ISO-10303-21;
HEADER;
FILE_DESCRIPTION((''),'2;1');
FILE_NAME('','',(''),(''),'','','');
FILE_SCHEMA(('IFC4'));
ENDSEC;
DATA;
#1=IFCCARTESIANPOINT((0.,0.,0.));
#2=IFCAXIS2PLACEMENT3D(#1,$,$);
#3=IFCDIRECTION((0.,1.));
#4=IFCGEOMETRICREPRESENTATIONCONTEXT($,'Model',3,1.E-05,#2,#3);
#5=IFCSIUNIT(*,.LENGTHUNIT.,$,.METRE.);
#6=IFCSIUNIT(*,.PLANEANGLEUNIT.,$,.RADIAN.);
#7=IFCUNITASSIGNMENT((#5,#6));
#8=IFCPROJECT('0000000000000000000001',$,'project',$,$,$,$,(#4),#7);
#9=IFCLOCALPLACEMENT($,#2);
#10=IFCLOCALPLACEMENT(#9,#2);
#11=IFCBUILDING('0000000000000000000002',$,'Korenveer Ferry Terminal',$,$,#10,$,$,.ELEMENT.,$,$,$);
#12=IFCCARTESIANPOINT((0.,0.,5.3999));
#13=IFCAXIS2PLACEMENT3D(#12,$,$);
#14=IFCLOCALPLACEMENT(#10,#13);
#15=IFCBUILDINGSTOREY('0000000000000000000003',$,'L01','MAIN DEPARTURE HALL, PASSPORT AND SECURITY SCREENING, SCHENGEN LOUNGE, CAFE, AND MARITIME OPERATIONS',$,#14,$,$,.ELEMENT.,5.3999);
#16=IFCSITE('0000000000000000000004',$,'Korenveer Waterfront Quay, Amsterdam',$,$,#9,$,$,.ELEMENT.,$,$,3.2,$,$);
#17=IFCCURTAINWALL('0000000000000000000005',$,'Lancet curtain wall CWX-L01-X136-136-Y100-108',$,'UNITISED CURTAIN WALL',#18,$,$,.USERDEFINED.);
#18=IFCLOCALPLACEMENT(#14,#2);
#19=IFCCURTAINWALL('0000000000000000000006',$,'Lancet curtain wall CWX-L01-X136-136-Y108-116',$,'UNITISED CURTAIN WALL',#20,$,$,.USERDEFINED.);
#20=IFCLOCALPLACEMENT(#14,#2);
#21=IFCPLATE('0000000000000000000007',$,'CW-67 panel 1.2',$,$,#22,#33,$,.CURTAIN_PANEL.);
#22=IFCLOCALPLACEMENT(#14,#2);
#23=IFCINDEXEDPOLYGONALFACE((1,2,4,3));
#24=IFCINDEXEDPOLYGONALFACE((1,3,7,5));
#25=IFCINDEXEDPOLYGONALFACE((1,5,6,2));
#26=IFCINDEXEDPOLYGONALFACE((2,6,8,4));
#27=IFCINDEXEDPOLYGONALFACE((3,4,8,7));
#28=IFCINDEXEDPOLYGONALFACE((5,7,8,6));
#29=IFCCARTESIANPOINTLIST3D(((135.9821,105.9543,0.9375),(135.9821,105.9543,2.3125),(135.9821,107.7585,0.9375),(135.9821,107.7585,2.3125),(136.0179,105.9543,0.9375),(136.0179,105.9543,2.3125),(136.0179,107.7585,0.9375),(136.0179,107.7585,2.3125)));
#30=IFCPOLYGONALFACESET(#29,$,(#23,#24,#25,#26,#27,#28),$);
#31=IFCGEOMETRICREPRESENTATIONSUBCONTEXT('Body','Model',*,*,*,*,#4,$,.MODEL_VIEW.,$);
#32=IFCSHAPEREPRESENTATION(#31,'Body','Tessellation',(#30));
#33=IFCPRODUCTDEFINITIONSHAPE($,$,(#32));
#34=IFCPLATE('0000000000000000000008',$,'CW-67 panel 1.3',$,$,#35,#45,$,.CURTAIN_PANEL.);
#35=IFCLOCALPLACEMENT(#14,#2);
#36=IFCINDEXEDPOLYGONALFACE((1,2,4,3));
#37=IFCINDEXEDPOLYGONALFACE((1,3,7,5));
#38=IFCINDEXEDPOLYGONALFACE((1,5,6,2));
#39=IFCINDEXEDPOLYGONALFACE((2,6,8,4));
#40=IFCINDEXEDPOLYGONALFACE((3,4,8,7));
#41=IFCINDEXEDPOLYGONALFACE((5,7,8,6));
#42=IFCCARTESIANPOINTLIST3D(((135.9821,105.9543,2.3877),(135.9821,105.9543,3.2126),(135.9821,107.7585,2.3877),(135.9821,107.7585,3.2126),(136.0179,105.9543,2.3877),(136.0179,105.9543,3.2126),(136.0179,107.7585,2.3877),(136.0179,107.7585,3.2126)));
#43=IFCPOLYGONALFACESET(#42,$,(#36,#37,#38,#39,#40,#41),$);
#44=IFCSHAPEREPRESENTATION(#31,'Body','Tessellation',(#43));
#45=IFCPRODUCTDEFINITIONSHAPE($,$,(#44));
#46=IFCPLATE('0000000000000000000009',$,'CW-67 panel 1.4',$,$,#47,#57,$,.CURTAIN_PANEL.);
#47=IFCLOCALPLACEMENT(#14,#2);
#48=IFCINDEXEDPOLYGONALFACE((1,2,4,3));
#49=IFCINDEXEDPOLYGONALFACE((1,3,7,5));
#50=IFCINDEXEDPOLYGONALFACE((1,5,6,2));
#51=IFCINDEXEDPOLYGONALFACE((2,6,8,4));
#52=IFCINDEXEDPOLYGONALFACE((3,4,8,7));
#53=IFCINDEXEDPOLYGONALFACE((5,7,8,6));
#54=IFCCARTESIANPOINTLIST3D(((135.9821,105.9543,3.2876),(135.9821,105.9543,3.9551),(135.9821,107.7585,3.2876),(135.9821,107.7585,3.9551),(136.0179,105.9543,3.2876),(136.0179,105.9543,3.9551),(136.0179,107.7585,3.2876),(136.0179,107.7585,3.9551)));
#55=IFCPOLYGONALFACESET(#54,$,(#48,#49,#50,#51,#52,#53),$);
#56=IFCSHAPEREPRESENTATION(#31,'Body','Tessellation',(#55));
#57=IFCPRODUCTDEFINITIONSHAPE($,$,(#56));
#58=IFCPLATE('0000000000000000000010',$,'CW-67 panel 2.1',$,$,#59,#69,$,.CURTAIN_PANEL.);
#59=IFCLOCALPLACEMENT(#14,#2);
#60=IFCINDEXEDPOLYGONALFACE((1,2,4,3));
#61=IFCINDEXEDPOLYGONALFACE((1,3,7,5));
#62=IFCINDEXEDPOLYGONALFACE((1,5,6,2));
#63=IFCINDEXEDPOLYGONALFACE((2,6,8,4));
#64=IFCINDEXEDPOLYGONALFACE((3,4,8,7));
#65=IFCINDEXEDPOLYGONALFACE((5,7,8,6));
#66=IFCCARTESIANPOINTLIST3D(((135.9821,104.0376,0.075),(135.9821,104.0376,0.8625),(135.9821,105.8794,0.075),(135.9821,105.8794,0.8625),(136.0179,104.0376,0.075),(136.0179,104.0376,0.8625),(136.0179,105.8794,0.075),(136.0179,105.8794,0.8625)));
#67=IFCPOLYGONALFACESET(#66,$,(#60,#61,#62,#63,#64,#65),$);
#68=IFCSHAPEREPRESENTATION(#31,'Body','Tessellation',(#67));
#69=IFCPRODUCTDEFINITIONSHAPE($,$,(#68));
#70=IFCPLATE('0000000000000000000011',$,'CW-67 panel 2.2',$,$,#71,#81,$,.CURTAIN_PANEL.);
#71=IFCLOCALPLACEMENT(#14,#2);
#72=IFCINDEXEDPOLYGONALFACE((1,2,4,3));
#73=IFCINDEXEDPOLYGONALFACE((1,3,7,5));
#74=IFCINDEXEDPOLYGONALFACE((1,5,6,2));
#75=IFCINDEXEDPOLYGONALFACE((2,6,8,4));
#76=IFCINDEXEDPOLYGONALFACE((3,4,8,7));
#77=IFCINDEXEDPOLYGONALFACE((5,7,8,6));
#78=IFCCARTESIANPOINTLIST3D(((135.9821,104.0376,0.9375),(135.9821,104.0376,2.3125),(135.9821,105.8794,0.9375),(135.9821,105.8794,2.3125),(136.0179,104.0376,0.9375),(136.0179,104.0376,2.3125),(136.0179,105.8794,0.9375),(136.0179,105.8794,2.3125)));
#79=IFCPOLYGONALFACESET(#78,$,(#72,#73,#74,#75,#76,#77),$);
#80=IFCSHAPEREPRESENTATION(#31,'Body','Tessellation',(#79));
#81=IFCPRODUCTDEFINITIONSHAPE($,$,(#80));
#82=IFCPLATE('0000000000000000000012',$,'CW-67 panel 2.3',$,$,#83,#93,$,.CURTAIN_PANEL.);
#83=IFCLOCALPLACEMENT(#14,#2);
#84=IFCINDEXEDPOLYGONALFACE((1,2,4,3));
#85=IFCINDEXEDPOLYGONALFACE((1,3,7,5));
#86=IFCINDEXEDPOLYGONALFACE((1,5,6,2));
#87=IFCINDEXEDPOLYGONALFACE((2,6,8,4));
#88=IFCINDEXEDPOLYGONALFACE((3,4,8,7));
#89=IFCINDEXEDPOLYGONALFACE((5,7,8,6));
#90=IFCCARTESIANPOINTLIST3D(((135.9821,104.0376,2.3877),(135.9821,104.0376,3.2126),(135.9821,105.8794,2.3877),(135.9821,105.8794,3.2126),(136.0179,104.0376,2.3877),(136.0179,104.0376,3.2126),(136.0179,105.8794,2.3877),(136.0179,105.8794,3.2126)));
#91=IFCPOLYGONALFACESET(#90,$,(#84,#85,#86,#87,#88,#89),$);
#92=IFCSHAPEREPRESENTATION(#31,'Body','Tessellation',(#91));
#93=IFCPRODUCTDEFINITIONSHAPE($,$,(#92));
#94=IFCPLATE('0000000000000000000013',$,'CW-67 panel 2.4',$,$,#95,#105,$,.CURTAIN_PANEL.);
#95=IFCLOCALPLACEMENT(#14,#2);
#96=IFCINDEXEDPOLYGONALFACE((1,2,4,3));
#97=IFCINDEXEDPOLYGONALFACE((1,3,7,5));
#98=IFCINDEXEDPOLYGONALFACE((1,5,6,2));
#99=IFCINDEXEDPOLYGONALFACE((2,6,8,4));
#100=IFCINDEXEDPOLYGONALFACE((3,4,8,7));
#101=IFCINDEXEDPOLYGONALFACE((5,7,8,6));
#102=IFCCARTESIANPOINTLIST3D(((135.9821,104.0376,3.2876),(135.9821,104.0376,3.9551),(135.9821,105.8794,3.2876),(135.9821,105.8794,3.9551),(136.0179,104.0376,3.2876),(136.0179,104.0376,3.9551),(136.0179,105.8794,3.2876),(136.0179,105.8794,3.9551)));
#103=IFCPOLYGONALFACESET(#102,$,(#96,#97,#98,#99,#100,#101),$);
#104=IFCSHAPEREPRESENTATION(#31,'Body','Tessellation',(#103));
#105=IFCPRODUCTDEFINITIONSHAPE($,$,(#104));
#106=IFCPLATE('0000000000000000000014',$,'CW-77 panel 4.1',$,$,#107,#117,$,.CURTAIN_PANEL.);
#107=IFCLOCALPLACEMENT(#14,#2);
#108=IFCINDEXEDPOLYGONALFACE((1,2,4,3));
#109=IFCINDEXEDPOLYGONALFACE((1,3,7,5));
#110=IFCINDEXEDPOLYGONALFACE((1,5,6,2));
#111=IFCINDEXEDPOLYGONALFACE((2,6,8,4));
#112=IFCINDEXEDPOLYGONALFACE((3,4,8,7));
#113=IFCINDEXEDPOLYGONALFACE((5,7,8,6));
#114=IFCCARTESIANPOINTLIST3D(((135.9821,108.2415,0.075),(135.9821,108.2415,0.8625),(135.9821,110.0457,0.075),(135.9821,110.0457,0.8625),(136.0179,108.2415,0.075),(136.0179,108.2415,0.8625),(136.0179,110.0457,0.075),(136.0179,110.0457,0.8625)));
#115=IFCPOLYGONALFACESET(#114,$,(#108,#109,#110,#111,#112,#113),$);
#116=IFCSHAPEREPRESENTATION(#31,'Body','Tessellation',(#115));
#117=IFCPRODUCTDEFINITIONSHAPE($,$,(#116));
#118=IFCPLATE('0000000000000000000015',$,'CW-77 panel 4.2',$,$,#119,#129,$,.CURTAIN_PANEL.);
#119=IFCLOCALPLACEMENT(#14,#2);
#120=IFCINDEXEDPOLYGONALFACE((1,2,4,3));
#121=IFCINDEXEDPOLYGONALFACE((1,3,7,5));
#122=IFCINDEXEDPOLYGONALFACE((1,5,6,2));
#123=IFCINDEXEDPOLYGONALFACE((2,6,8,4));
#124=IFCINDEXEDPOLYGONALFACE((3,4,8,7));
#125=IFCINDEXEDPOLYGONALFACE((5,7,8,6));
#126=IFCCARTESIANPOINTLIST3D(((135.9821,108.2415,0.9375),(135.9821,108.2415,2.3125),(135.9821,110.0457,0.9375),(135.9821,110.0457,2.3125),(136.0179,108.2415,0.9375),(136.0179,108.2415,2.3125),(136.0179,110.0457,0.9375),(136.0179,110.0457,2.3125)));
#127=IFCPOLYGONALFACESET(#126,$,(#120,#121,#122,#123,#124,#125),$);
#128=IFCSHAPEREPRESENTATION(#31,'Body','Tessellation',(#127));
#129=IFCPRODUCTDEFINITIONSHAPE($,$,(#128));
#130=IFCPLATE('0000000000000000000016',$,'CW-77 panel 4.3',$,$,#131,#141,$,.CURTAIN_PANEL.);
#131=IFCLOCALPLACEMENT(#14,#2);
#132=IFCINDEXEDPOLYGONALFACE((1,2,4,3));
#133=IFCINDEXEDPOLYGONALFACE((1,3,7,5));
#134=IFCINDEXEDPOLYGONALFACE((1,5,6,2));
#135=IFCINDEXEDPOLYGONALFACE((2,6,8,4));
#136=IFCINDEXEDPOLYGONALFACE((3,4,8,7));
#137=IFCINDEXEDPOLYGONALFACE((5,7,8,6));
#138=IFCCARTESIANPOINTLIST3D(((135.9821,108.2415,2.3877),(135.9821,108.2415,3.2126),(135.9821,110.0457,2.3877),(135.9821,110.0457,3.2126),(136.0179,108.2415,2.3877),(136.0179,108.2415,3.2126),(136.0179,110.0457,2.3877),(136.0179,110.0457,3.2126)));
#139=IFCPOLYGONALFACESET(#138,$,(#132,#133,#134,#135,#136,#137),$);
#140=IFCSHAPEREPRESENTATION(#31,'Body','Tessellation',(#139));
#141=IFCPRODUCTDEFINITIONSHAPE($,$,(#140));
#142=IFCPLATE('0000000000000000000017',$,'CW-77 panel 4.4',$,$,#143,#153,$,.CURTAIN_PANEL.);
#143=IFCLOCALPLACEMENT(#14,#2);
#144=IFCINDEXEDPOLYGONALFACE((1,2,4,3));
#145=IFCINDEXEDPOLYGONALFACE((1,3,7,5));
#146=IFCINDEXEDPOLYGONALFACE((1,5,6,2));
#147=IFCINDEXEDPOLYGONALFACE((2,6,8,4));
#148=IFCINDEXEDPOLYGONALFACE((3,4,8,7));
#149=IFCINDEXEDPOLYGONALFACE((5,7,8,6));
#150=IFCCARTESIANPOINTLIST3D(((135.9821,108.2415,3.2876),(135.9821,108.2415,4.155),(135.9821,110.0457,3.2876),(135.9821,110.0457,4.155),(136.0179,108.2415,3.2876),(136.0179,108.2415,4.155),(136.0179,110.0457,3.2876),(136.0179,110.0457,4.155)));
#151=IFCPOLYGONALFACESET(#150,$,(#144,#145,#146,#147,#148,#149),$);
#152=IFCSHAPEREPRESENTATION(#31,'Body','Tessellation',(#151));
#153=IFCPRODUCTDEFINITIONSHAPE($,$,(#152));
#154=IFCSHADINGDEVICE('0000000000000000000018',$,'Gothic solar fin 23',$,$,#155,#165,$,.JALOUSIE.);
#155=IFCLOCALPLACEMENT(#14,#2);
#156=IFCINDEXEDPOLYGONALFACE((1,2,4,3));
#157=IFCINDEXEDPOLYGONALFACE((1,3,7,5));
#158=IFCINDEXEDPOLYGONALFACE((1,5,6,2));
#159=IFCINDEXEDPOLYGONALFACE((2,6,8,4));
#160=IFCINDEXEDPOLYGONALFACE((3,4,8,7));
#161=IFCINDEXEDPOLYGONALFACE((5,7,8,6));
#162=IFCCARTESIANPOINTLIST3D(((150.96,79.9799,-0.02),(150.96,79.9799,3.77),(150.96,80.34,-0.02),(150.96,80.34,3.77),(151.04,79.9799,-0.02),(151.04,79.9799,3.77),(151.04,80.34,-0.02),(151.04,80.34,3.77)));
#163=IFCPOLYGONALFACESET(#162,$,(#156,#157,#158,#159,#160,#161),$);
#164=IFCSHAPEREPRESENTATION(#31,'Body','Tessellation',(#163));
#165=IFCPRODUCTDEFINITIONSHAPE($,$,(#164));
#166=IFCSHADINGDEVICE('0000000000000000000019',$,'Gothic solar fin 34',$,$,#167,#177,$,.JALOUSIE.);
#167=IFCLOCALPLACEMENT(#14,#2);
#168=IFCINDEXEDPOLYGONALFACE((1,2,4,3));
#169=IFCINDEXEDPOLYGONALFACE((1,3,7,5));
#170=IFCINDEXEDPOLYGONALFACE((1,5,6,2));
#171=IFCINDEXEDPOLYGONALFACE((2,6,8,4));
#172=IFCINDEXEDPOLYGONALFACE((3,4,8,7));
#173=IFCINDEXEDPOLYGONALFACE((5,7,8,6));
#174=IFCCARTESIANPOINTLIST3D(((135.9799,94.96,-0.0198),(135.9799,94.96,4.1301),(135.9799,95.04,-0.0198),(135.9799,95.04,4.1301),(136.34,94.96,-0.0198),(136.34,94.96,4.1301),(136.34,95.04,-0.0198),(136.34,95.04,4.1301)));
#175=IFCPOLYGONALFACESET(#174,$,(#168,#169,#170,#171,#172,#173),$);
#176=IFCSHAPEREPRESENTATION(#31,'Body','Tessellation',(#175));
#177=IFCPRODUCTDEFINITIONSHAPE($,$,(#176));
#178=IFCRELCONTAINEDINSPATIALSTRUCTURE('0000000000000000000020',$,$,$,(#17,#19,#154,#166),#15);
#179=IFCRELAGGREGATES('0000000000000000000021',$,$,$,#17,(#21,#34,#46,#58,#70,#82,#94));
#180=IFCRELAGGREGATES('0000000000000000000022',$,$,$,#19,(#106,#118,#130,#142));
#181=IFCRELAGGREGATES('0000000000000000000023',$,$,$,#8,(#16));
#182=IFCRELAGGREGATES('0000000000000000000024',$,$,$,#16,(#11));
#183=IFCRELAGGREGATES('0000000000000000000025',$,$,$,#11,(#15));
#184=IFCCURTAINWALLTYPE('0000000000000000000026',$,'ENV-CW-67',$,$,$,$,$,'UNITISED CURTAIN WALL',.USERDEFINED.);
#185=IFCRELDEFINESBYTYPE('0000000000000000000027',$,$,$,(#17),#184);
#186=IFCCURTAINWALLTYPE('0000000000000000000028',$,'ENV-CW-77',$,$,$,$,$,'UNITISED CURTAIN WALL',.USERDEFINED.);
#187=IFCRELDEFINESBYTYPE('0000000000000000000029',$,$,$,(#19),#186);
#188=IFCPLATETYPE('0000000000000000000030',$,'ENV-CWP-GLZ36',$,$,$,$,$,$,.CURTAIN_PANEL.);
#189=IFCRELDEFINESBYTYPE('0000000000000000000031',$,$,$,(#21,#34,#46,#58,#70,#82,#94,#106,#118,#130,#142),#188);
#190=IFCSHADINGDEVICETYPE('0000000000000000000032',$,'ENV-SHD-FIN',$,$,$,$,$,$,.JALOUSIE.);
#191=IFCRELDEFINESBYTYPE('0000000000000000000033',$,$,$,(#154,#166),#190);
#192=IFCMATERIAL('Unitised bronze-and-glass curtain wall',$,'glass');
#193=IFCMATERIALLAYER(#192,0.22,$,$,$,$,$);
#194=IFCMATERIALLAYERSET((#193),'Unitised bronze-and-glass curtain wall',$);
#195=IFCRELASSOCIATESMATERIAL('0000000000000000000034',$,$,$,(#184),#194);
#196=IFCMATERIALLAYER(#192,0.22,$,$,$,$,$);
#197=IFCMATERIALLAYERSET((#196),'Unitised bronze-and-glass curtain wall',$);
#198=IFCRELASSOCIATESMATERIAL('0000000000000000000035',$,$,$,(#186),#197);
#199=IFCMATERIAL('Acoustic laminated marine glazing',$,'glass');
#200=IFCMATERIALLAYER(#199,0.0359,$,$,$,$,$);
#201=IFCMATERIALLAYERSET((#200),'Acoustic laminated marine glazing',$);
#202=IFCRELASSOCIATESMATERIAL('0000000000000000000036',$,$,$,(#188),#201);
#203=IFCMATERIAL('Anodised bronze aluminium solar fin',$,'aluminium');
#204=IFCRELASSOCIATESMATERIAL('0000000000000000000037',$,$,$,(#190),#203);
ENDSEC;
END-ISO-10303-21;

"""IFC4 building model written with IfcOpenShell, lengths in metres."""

from ifc_helpers import new_model, si_unit, direction, frame, origin, origin_2d, place, context, subcontext, project, spatial, rectangle, extrude, material, layer, layer_set, type_object, element, aggregate, save


model = new_model("IFC4")

# Units and contexts
model_context = context("Model", 3, precision=1e-05, world=origin(), true_north=direction((0.0, 1.0)))
body_context = subcontext(model_context, "Body", "Model", "MODEL_VIEW")
ifc_project = project(units=[si_unit("LENGTHUNIT", "METRE"), si_unit("PLANEANGLEUNIT", "RADIAN")], contexts=[model_context])

# Site, building, storey
site_placement = place(None, origin())
site = spatial("IfcSite", under=ifc_project, at=site_placement, Name="Korenveer Waterfront Quay, Amsterdam", CompositionType="ELEMENT", RefElevation=3.2)
building_placement = place(site_placement, origin())
building = spatial("IfcBuilding", under=site, at=building_placement, Name="Korenveer Ferry Terminal", CompositionType="ELEMENT")
storey_placement = place(building_placement, frame((0.0, 0.0, 5.3999)))
storey = spatial("IfcBuildingStorey", under=building, at=storey_placement, Name="L01", Description="MAIN DEPARTURE HALL, PASSPORT AND SECURITY SCREENING, SCHENGEN LOUNGE, CAFE, AND MARITIME OPERATIONS", CompositionType="ELEMENT", Elevation=5.3999)

# Curtain wall
ifc_material_1 = material(Name="Unitised bronze-and-glass curtain wall", Category="glass")
ifc_layer_1 = layer(ifc_material_1, 0.22)
ifc_layer_set_1 = layer_set([ifc_layer_1], Name="Unitised bronze-and-glass curtain wall")
curtain_wall_type_1 = type_object("IfcCurtainWallType", Name="ENV-CW-67", ElementType="UNITISED CURTAIN WALL", PredefinedType="USERDEFINED", material=ifc_layer_set_1)
curtain_wall_1_placement = place(storey_placement, frame((136.0, 107.8335, 0.0)))
curtain_wall_1 = element("IfcCurtainWall", 1, at=curtain_wall_1_placement, inside=storey, type_object=curtain_wall_type_1, Name="Lancet curtain wall CWX-L01-X136-136-Y100-108", ObjectType="UNITISED CURTAIN WALL", PredefinedType="USERDEFINED")

# Curtain wall
ifc_layer_2 = layer(ifc_material_1, 0.22)
ifc_layer_set_2 = layer_set([ifc_layer_2], Name="Unitised bronze-and-glass curtain wall")
curtain_wall_type_2 = type_object("IfcCurtainWallType", Name="ENV-CW-77", ElementType="UNITISED CURTAIN WALL", PredefinedType="USERDEFINED", material=ifc_layer_set_2)
curtain_wall_2_placement = place(storey_placement, frame((136.0, 115.8335, 0.0)))
curtain_wall_2 = element("IfcCurtainWall", 2, at=curtain_wall_2_placement, inside=storey, type_object=curtain_wall_type_2, Name="Lancet curtain wall CWX-L01-X136-136-Y108-116", ObjectType="UNITISED CURTAIN WALL", PredefinedType="USERDEFINED")

# Plates
ifc_material_2 = material(Name="Acoustic laminated marine glazing", Category="glass")
ifc_layer_3 = layer(ifc_material_2, 0.0359)
ifc_layer_set_3 = layer_set([ifc_layer_3], Name="Acoustic laminated marine glazing")
plate_type = type_object("IfcPlateType", Name="ENV-CWP-GLZ36", PredefinedType="CURTAIN_PANEL", material=ifc_layer_set_3)
plate_1_placement = place(storey_placement, frame((136.0, 106.8564, 0.9375), z_axis=(0.0, 0.0, 1.0), x_axis=(0.0, -1.0, 0.0)))
plate_1 = element("IfcPlate", 3, at=plate_1_placement, type_object=plate_type, Name="CW-67 panel 1.2", PredefinedType="CURTAIN_PANEL", context=body_context, shape_type="SweptSolid", body=[
    extrude(rectangle(XDim=1.8042, YDim=0.0359, at=origin_2d()), origin(), (0.0, 0.0, 1.0), 1.375),
])
plate_2_placement = place(storey_placement, frame((136.0, 106.8564, 2.3877), z_axis=(0.0, 0.0, 1.0), x_axis=(0.0, -1.0, 0.0)))
plate_2 = element("IfcPlate", 4, at=plate_2_placement, type_object=plate_type, Name="CW-67 panel 1.3", PredefinedType="CURTAIN_PANEL", context=body_context, shape_type="SweptSolid", body=[
    extrude(rectangle(XDim=1.8042, YDim=0.0359, at=origin_2d()), origin(), (0.0, 0.0, 1.0), 0.825),
])
plate_3_placement = place(storey_placement, frame((136.0, 106.8564, 3.2876), z_axis=(0.0, 0.0, 1.0), x_axis=(0.0, -1.0, 0.0)))
plate_3 = element("IfcPlate", 5, at=plate_3_placement, type_object=plate_type, Name="CW-67 panel 1.4", PredefinedType="CURTAIN_PANEL", context=body_context, shape_type="SweptSolid", body=[
    extrude(rectangle(XDim=1.8042, YDim=0.0359, at=origin_2d()), origin(), (0.0, 0.0, 1.0), 0.6675),
])
plate_4_placement = place(storey_placement, frame((136.0, 104.9585, 0.075), z_axis=(0.0, 0.0, 1.0), x_axis=(0.0, -1.0, 0.0)))
plate_4 = element("IfcPlate", 6, at=plate_4_placement, type_object=plate_type, Name="CW-67 panel 2.1", PredefinedType="CURTAIN_PANEL", context=body_context, shape_type="SweptSolid", body=[
    extrude(rectangle(XDim=1.8418, YDim=0.0359, at=origin_2d()), origin(), (0.0, 0.0, 1.0), 0.7876),
])
plate_5_placement = place(storey_placement, frame((136.0, 104.9585, 0.9375), z_axis=(0.0, 0.0, 1.0), x_axis=(0.0, -1.0, 0.0)))
plate_5 = element("IfcPlate", 7, at=plate_5_placement, type_object=plate_type, Name="CW-67 panel 2.2", PredefinedType="CURTAIN_PANEL", context=body_context, shape_type="SweptSolid", body=[
    extrude(rectangle(XDim=1.8418, YDim=0.0359, at=origin_2d()), origin(), (0.0, 0.0, 1.0), 1.375),
])
plate_6_placement = place(storey_placement, frame((136.0, 104.9585, 2.3877), z_axis=(0.0, 0.0, 1.0), x_axis=(0.0, -1.0, 0.0)))
plate_6 = element("IfcPlate", 8, at=plate_6_placement, type_object=plate_type, Name="CW-67 panel 2.3", PredefinedType="CURTAIN_PANEL", context=body_context, shape_type="SweptSolid", body=[
    extrude(rectangle(XDim=1.8418, YDim=0.0359, at=origin_2d()), origin(), (0.0, 0.0, 1.0), 0.825),
])
plate_7_placement = place(storey_placement, frame((136.0, 104.9585, 3.2876), z_axis=(0.0, 0.0, 1.0), x_axis=(0.0, -1.0, 0.0)))
plate_7 = element("IfcPlate", 9, at=plate_7_placement, type_object=plate_type, Name="CW-67 panel 2.4", PredefinedType="CURTAIN_PANEL", context=body_context, shape_type="SweptSolid", body=[
    extrude(rectangle(XDim=1.8418, YDim=0.0359, at=origin_2d()), origin(), (0.0, 0.0, 1.0), 0.6675),
])
aggregate(curtain_wall_1, [plate_1, plate_2, plate_3, plate_4, plate_5, plate_6, plate_7])
plate_8_placement = place(storey_placement, frame((136.0, 109.1436, 0.075), z_axis=(0.0, 0.0, 1.0), x_axis=(0.0, -1.0, 0.0)))
plate_8 = element("IfcPlate", 10, at=plate_8_placement, type_object=plate_type, Name="CW-77 panel 4.1", PredefinedType="CURTAIN_PANEL", context=body_context, shape_type="SweptSolid", body=[
    extrude(rectangle(XDim=1.8042, YDim=0.0359, at=origin_2d()), origin(), (0.0, 0.0, 1.0), 0.7876),
])
plate_9_placement = place(storey_placement, frame((136.0, 109.1436, 0.9375), z_axis=(0.0, 0.0, 1.0), x_axis=(0.0, -1.0, 0.0)))
plate_9 = element("IfcPlate", 11, at=plate_9_placement, type_object=plate_type, Name="CW-77 panel 4.2", PredefinedType="CURTAIN_PANEL", context=body_context, shape_type="SweptSolid", body=[
    extrude(rectangle(XDim=1.8042, YDim=0.0359, at=origin_2d()), origin(), (0.0, 0.0, 1.0), 1.375),
])
plate_10_placement = place(storey_placement, frame((136.0, 109.1436, 2.3877), z_axis=(0.0, 0.0, 1.0), x_axis=(0.0, -1.0, 0.0)))
plate_10 = element("IfcPlate", 12, at=plate_10_placement, type_object=plate_type, Name="CW-77 panel 4.3", PredefinedType="CURTAIN_PANEL", context=body_context, shape_type="SweptSolid", body=[
    extrude(rectangle(XDim=1.8042, YDim=0.0359, at=origin_2d()), origin(), (0.0, 0.0, 1.0), 0.825),
])
plate_11_placement = place(storey_placement, frame((136.0, 109.1436, 3.2876), z_axis=(0.0, 0.0, 1.0), x_axis=(0.0, -1.0, 0.0)))
plate_11 = element("IfcPlate", 13, at=plate_11_placement, type_object=plate_type, Name="CW-77 panel 4.4", PredefinedType="CURTAIN_PANEL", context=body_context, shape_type="SweptSolid", body=[
    extrude(rectangle(XDim=1.8042, YDim=0.0359, at=origin_2d()), origin(), (0.0, 0.0, 1.0), 0.8674),
])
aggregate(curtain_wall_2, [plate_8, plate_9, plate_10, plate_11])

# Shading devices
ifc_material_3 = material(Name="Anodised bronze aluminium solar fin", Category="aluminium")
shading_device_type = type_object("IfcShadingDeviceType", Name="ENV-SHD-FIN", PredefinedType="JALOUSIE", material=ifc_material_3)
shading_device_1_placement = place(storey_placement, frame((151.0, 80.1599, -0.02), z_axis=(0.0, 0.0, 1.0), x_axis=(0.0, 1.0, 0.0)))
element("IfcShadingDevice", 14, at=shading_device_1_placement, inside=storey, type_object=shading_device_type, Name="Gothic solar fin 23", PredefinedType="JALOUSIE", context=body_context, shape_type="SweptSolid", body=[
    extrude(rectangle(XDim=0.3601, YDim=0.0801, at=origin_2d()), origin(), (0.0, 0.0, 1.0), 3.79),
])
shading_device_2_placement = place(storey_placement, frame((136.1599, 95.0, -0.0198), z_axis=(0.0, 0.0, 1.0), x_axis=(1.0, 0.0, 0.0)))
element("IfcShadingDevice", 15, at=shading_device_2_placement, inside=storey, type_object=shading_device_type, Name="Gothic solar fin 34", PredefinedType="JALOUSIE", context=body_context, shape_type="SweptSolid", body=[
    extrude(rectangle(XDim=0.3601, YDim=0.0801, at=origin_2d()), origin(), (0.0, 0.0, 1.0), 4.1499),
])

save(model, "model.ifc")
